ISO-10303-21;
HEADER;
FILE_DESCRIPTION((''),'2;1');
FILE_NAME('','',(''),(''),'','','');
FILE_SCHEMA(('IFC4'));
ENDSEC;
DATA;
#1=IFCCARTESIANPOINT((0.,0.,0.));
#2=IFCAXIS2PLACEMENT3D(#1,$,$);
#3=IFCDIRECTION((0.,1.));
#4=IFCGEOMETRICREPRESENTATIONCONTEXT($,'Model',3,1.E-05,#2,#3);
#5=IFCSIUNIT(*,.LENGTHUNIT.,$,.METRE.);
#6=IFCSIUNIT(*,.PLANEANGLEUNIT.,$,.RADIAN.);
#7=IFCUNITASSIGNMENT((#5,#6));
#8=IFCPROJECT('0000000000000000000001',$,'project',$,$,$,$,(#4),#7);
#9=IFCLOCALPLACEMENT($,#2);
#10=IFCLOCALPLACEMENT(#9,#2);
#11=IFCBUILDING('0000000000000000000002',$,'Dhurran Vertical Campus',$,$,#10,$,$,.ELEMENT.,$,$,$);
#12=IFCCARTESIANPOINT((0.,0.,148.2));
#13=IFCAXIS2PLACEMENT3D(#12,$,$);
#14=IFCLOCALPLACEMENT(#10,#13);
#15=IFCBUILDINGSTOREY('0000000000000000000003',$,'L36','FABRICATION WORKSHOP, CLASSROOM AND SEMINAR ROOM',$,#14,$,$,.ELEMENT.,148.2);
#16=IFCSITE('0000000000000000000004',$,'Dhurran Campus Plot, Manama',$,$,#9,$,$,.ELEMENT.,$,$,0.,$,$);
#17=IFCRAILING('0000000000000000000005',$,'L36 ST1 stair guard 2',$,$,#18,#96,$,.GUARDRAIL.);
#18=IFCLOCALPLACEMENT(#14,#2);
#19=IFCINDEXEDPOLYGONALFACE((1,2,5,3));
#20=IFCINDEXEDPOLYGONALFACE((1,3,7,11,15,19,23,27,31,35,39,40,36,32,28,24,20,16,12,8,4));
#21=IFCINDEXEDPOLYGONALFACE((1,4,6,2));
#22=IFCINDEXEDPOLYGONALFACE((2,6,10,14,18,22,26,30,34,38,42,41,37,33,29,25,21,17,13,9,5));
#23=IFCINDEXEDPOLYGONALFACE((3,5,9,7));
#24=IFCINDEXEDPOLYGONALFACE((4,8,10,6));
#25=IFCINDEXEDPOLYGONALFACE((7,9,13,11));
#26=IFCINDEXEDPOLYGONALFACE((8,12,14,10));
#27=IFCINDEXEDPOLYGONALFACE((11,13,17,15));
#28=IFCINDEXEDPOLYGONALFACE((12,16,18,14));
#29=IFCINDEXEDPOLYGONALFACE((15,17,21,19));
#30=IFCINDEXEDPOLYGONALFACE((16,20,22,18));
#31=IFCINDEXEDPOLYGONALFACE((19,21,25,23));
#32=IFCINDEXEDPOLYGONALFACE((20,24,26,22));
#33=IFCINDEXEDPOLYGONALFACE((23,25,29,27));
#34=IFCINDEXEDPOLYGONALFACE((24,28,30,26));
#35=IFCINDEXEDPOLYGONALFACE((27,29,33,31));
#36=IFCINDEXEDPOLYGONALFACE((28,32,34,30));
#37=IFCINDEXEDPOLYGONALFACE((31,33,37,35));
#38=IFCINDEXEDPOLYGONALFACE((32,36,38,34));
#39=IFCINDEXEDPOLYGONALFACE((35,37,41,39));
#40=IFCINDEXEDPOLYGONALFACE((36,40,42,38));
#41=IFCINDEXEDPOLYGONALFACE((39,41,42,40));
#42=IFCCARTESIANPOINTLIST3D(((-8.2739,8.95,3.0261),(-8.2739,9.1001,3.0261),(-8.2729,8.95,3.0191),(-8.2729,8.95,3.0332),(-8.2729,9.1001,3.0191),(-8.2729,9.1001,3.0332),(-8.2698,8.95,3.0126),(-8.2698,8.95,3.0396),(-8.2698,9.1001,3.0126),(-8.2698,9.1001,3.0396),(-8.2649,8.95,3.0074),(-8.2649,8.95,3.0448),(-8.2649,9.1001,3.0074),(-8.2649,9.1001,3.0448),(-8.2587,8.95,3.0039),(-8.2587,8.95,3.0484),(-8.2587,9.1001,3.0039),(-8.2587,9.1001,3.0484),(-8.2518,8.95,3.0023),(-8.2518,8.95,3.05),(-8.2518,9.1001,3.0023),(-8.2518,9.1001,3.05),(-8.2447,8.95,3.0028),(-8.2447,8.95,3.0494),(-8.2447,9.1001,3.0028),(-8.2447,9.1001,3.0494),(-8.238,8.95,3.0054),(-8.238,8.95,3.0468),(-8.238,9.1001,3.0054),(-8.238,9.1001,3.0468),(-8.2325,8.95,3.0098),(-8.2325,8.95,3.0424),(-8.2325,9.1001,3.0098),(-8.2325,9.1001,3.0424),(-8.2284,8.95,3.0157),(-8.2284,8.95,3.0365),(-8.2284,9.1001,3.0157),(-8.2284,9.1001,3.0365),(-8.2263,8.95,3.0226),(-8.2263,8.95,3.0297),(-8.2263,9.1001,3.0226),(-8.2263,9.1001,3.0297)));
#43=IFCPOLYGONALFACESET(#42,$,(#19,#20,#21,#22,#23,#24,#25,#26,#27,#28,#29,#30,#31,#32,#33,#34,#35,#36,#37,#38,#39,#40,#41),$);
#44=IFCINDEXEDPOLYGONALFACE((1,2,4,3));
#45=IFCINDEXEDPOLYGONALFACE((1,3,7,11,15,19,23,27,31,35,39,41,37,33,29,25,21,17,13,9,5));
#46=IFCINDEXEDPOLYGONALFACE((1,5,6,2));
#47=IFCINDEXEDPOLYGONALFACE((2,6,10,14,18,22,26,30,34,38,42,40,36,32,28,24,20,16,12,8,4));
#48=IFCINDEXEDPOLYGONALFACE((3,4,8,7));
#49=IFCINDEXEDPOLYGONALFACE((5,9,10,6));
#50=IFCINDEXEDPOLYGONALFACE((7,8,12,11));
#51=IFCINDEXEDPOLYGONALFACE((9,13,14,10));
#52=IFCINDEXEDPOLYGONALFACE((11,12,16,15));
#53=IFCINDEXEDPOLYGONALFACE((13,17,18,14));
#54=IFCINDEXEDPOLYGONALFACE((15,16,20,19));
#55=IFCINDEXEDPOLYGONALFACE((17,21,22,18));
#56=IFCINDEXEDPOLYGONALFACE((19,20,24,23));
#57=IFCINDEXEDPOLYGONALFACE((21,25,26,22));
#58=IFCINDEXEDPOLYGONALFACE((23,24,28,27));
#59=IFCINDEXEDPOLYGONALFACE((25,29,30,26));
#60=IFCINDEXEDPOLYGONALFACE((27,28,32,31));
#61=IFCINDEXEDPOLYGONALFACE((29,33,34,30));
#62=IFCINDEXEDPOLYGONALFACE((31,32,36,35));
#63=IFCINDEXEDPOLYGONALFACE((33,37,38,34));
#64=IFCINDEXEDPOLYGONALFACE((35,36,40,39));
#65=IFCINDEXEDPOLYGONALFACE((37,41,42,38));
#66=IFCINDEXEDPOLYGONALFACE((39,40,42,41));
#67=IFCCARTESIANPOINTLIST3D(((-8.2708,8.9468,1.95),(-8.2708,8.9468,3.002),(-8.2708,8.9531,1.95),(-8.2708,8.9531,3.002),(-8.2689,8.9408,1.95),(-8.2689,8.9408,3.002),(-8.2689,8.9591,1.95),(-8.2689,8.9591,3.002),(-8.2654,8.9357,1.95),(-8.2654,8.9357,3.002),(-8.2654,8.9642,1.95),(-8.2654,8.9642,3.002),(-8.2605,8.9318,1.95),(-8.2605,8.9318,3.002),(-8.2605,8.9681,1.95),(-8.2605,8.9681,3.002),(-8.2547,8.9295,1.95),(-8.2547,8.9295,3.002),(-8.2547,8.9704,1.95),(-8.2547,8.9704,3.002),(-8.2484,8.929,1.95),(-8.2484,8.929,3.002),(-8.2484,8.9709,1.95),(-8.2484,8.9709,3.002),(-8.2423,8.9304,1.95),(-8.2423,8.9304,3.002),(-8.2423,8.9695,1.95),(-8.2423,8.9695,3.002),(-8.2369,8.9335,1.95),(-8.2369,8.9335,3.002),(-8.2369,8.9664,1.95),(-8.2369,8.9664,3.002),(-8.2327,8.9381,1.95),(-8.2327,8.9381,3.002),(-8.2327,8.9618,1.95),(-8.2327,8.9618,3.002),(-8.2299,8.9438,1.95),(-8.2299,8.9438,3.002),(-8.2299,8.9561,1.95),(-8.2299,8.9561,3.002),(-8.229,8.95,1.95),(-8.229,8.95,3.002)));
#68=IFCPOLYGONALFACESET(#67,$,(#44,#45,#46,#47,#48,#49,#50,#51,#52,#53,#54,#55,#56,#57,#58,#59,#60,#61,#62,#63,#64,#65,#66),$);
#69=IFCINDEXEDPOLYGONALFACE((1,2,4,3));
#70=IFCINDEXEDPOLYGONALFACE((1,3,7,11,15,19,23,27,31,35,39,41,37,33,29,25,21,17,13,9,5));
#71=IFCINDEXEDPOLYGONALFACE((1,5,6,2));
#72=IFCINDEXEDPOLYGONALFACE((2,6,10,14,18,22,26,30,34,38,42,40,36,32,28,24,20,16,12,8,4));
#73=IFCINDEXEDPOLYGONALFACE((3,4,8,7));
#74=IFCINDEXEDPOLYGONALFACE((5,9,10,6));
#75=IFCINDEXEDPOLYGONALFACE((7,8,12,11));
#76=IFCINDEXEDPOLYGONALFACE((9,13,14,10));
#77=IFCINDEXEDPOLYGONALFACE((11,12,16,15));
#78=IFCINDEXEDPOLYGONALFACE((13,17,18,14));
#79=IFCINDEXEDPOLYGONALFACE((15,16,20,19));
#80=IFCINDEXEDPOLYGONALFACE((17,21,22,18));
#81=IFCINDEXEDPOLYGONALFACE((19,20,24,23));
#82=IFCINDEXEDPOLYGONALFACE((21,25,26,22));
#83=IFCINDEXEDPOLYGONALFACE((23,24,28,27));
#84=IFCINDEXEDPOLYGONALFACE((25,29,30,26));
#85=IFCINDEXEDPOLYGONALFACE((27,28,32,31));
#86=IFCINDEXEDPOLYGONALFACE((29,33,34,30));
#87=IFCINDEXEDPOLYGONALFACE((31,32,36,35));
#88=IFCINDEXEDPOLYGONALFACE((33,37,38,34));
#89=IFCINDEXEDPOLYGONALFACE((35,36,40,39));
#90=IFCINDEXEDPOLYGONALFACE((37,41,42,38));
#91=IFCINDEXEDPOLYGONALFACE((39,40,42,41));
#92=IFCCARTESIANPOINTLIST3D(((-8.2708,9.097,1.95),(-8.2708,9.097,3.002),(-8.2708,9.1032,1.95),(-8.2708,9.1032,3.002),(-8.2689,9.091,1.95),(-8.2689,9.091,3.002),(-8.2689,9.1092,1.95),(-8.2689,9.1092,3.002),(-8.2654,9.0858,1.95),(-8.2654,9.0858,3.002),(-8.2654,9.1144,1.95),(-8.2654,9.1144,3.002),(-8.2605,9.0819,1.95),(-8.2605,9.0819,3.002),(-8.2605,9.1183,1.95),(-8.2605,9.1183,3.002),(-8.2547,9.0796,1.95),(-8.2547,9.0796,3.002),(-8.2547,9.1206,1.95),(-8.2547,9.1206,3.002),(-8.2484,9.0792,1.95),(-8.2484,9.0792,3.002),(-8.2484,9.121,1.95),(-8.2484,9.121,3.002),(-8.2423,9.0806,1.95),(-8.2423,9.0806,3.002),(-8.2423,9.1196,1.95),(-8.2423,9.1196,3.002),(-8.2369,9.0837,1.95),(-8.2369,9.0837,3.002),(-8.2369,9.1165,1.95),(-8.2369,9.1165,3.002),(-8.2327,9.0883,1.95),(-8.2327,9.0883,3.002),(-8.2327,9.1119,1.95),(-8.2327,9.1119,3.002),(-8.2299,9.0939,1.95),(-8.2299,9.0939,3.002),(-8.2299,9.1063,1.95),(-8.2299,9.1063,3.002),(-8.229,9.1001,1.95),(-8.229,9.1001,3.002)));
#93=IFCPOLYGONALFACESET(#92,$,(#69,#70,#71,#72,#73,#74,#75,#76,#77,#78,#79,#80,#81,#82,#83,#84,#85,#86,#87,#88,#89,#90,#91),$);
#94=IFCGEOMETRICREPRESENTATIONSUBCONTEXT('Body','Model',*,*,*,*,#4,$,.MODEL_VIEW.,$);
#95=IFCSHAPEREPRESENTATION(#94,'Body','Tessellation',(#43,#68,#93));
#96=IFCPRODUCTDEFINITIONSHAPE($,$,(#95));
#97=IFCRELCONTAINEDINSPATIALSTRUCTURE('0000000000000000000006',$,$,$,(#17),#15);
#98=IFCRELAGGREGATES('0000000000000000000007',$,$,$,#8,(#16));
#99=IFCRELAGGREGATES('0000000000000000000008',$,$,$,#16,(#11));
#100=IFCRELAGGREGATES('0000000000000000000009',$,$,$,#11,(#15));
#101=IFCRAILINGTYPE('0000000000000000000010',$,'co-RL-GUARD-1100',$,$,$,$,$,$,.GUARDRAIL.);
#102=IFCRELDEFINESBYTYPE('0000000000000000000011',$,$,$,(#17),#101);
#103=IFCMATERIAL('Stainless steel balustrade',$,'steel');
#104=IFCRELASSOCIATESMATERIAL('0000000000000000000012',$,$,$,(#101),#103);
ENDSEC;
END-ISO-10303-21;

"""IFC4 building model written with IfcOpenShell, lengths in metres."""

from ifc_helpers import new_model, si_unit, direction, frame, origin, origin_2d, place, context, subcontext, project, spatial, circle, extrude, material, type_object, element, save


model = new_model("IFC4")

# Units and contexts
model_context = context("Model", 3, precision=1e-05, world=origin(), true_north=direction((0.0, 1.0)))
body_context = subcontext(model_context, "Body", "Model", "MODEL_VIEW")
ifc_project = project(units=[si_unit("LENGTHUNIT", "METRE"), si_unit("PLANEANGLEUNIT", "RADIAN")], contexts=[model_context])

# Site, building, storey
site_placement = place(None, origin())
site = spatial("IfcSite", under=ifc_project, at=site_placement, Name="Dhurran Campus Plot, Manama", CompositionType="ELEMENT", RefElevation=0.0)
building_placement = place(site_placement, origin())
building = spatial("IfcBuilding", under=site, at=building_placement, Name="Dhurran Vertical Campus", CompositionType="ELEMENT")
storey_placement = place(building_placement, frame((0.0, 0.0, 148.2)))
storey = spatial("IfcBuildingStorey", under=building, at=storey_placement, Name="L36", Description="FABRICATION WORKSHOP, CLASSROOM AND SEMINAR ROOM", CompositionType="ELEMENT", Elevation=148.2)

# Railing
ifc_material_1 = material(Name="Stainless steel balustrade", Category="steel")
railing_type_1 = type_object("IfcRailingType", Name="co-RL-GUARD-1100", PredefinedType="GUARDRAIL", material=ifc_material_1)
railing_1_placement = place(storey_placement, frame((-8.25, 8.95, 1.95)))
element("IfcRailing", 1, at=railing_1_placement, inside=storey, type_object=railing_type_1, Name="L36 ST1 stair guard 2", PredefinedType="GUARDRAIL", context=body_context, shape_type="SweptSolid", body=[
    extrude(circle(Radius=0.0239, at=origin_2d()), frame((0.0, 0.0, 1.0762), z_axis=(0.0, 1.0, 0.0), x_axis=(-1.0, 0.0, 0.0)), (0.0, 0.0, 1.0), 0.1501),
    extrude(circle(Radius=0.021, at=origin_2d()), origin(), (0.0, 0.0, 1.0), 1.052),
    extrude(circle(Radius=0.021, at=origin_2d()), frame((0.0, 0.1501, 0.0)), (0.0, 0.0, 1.0), 1.052),
])

save(model, "model.ifc")
